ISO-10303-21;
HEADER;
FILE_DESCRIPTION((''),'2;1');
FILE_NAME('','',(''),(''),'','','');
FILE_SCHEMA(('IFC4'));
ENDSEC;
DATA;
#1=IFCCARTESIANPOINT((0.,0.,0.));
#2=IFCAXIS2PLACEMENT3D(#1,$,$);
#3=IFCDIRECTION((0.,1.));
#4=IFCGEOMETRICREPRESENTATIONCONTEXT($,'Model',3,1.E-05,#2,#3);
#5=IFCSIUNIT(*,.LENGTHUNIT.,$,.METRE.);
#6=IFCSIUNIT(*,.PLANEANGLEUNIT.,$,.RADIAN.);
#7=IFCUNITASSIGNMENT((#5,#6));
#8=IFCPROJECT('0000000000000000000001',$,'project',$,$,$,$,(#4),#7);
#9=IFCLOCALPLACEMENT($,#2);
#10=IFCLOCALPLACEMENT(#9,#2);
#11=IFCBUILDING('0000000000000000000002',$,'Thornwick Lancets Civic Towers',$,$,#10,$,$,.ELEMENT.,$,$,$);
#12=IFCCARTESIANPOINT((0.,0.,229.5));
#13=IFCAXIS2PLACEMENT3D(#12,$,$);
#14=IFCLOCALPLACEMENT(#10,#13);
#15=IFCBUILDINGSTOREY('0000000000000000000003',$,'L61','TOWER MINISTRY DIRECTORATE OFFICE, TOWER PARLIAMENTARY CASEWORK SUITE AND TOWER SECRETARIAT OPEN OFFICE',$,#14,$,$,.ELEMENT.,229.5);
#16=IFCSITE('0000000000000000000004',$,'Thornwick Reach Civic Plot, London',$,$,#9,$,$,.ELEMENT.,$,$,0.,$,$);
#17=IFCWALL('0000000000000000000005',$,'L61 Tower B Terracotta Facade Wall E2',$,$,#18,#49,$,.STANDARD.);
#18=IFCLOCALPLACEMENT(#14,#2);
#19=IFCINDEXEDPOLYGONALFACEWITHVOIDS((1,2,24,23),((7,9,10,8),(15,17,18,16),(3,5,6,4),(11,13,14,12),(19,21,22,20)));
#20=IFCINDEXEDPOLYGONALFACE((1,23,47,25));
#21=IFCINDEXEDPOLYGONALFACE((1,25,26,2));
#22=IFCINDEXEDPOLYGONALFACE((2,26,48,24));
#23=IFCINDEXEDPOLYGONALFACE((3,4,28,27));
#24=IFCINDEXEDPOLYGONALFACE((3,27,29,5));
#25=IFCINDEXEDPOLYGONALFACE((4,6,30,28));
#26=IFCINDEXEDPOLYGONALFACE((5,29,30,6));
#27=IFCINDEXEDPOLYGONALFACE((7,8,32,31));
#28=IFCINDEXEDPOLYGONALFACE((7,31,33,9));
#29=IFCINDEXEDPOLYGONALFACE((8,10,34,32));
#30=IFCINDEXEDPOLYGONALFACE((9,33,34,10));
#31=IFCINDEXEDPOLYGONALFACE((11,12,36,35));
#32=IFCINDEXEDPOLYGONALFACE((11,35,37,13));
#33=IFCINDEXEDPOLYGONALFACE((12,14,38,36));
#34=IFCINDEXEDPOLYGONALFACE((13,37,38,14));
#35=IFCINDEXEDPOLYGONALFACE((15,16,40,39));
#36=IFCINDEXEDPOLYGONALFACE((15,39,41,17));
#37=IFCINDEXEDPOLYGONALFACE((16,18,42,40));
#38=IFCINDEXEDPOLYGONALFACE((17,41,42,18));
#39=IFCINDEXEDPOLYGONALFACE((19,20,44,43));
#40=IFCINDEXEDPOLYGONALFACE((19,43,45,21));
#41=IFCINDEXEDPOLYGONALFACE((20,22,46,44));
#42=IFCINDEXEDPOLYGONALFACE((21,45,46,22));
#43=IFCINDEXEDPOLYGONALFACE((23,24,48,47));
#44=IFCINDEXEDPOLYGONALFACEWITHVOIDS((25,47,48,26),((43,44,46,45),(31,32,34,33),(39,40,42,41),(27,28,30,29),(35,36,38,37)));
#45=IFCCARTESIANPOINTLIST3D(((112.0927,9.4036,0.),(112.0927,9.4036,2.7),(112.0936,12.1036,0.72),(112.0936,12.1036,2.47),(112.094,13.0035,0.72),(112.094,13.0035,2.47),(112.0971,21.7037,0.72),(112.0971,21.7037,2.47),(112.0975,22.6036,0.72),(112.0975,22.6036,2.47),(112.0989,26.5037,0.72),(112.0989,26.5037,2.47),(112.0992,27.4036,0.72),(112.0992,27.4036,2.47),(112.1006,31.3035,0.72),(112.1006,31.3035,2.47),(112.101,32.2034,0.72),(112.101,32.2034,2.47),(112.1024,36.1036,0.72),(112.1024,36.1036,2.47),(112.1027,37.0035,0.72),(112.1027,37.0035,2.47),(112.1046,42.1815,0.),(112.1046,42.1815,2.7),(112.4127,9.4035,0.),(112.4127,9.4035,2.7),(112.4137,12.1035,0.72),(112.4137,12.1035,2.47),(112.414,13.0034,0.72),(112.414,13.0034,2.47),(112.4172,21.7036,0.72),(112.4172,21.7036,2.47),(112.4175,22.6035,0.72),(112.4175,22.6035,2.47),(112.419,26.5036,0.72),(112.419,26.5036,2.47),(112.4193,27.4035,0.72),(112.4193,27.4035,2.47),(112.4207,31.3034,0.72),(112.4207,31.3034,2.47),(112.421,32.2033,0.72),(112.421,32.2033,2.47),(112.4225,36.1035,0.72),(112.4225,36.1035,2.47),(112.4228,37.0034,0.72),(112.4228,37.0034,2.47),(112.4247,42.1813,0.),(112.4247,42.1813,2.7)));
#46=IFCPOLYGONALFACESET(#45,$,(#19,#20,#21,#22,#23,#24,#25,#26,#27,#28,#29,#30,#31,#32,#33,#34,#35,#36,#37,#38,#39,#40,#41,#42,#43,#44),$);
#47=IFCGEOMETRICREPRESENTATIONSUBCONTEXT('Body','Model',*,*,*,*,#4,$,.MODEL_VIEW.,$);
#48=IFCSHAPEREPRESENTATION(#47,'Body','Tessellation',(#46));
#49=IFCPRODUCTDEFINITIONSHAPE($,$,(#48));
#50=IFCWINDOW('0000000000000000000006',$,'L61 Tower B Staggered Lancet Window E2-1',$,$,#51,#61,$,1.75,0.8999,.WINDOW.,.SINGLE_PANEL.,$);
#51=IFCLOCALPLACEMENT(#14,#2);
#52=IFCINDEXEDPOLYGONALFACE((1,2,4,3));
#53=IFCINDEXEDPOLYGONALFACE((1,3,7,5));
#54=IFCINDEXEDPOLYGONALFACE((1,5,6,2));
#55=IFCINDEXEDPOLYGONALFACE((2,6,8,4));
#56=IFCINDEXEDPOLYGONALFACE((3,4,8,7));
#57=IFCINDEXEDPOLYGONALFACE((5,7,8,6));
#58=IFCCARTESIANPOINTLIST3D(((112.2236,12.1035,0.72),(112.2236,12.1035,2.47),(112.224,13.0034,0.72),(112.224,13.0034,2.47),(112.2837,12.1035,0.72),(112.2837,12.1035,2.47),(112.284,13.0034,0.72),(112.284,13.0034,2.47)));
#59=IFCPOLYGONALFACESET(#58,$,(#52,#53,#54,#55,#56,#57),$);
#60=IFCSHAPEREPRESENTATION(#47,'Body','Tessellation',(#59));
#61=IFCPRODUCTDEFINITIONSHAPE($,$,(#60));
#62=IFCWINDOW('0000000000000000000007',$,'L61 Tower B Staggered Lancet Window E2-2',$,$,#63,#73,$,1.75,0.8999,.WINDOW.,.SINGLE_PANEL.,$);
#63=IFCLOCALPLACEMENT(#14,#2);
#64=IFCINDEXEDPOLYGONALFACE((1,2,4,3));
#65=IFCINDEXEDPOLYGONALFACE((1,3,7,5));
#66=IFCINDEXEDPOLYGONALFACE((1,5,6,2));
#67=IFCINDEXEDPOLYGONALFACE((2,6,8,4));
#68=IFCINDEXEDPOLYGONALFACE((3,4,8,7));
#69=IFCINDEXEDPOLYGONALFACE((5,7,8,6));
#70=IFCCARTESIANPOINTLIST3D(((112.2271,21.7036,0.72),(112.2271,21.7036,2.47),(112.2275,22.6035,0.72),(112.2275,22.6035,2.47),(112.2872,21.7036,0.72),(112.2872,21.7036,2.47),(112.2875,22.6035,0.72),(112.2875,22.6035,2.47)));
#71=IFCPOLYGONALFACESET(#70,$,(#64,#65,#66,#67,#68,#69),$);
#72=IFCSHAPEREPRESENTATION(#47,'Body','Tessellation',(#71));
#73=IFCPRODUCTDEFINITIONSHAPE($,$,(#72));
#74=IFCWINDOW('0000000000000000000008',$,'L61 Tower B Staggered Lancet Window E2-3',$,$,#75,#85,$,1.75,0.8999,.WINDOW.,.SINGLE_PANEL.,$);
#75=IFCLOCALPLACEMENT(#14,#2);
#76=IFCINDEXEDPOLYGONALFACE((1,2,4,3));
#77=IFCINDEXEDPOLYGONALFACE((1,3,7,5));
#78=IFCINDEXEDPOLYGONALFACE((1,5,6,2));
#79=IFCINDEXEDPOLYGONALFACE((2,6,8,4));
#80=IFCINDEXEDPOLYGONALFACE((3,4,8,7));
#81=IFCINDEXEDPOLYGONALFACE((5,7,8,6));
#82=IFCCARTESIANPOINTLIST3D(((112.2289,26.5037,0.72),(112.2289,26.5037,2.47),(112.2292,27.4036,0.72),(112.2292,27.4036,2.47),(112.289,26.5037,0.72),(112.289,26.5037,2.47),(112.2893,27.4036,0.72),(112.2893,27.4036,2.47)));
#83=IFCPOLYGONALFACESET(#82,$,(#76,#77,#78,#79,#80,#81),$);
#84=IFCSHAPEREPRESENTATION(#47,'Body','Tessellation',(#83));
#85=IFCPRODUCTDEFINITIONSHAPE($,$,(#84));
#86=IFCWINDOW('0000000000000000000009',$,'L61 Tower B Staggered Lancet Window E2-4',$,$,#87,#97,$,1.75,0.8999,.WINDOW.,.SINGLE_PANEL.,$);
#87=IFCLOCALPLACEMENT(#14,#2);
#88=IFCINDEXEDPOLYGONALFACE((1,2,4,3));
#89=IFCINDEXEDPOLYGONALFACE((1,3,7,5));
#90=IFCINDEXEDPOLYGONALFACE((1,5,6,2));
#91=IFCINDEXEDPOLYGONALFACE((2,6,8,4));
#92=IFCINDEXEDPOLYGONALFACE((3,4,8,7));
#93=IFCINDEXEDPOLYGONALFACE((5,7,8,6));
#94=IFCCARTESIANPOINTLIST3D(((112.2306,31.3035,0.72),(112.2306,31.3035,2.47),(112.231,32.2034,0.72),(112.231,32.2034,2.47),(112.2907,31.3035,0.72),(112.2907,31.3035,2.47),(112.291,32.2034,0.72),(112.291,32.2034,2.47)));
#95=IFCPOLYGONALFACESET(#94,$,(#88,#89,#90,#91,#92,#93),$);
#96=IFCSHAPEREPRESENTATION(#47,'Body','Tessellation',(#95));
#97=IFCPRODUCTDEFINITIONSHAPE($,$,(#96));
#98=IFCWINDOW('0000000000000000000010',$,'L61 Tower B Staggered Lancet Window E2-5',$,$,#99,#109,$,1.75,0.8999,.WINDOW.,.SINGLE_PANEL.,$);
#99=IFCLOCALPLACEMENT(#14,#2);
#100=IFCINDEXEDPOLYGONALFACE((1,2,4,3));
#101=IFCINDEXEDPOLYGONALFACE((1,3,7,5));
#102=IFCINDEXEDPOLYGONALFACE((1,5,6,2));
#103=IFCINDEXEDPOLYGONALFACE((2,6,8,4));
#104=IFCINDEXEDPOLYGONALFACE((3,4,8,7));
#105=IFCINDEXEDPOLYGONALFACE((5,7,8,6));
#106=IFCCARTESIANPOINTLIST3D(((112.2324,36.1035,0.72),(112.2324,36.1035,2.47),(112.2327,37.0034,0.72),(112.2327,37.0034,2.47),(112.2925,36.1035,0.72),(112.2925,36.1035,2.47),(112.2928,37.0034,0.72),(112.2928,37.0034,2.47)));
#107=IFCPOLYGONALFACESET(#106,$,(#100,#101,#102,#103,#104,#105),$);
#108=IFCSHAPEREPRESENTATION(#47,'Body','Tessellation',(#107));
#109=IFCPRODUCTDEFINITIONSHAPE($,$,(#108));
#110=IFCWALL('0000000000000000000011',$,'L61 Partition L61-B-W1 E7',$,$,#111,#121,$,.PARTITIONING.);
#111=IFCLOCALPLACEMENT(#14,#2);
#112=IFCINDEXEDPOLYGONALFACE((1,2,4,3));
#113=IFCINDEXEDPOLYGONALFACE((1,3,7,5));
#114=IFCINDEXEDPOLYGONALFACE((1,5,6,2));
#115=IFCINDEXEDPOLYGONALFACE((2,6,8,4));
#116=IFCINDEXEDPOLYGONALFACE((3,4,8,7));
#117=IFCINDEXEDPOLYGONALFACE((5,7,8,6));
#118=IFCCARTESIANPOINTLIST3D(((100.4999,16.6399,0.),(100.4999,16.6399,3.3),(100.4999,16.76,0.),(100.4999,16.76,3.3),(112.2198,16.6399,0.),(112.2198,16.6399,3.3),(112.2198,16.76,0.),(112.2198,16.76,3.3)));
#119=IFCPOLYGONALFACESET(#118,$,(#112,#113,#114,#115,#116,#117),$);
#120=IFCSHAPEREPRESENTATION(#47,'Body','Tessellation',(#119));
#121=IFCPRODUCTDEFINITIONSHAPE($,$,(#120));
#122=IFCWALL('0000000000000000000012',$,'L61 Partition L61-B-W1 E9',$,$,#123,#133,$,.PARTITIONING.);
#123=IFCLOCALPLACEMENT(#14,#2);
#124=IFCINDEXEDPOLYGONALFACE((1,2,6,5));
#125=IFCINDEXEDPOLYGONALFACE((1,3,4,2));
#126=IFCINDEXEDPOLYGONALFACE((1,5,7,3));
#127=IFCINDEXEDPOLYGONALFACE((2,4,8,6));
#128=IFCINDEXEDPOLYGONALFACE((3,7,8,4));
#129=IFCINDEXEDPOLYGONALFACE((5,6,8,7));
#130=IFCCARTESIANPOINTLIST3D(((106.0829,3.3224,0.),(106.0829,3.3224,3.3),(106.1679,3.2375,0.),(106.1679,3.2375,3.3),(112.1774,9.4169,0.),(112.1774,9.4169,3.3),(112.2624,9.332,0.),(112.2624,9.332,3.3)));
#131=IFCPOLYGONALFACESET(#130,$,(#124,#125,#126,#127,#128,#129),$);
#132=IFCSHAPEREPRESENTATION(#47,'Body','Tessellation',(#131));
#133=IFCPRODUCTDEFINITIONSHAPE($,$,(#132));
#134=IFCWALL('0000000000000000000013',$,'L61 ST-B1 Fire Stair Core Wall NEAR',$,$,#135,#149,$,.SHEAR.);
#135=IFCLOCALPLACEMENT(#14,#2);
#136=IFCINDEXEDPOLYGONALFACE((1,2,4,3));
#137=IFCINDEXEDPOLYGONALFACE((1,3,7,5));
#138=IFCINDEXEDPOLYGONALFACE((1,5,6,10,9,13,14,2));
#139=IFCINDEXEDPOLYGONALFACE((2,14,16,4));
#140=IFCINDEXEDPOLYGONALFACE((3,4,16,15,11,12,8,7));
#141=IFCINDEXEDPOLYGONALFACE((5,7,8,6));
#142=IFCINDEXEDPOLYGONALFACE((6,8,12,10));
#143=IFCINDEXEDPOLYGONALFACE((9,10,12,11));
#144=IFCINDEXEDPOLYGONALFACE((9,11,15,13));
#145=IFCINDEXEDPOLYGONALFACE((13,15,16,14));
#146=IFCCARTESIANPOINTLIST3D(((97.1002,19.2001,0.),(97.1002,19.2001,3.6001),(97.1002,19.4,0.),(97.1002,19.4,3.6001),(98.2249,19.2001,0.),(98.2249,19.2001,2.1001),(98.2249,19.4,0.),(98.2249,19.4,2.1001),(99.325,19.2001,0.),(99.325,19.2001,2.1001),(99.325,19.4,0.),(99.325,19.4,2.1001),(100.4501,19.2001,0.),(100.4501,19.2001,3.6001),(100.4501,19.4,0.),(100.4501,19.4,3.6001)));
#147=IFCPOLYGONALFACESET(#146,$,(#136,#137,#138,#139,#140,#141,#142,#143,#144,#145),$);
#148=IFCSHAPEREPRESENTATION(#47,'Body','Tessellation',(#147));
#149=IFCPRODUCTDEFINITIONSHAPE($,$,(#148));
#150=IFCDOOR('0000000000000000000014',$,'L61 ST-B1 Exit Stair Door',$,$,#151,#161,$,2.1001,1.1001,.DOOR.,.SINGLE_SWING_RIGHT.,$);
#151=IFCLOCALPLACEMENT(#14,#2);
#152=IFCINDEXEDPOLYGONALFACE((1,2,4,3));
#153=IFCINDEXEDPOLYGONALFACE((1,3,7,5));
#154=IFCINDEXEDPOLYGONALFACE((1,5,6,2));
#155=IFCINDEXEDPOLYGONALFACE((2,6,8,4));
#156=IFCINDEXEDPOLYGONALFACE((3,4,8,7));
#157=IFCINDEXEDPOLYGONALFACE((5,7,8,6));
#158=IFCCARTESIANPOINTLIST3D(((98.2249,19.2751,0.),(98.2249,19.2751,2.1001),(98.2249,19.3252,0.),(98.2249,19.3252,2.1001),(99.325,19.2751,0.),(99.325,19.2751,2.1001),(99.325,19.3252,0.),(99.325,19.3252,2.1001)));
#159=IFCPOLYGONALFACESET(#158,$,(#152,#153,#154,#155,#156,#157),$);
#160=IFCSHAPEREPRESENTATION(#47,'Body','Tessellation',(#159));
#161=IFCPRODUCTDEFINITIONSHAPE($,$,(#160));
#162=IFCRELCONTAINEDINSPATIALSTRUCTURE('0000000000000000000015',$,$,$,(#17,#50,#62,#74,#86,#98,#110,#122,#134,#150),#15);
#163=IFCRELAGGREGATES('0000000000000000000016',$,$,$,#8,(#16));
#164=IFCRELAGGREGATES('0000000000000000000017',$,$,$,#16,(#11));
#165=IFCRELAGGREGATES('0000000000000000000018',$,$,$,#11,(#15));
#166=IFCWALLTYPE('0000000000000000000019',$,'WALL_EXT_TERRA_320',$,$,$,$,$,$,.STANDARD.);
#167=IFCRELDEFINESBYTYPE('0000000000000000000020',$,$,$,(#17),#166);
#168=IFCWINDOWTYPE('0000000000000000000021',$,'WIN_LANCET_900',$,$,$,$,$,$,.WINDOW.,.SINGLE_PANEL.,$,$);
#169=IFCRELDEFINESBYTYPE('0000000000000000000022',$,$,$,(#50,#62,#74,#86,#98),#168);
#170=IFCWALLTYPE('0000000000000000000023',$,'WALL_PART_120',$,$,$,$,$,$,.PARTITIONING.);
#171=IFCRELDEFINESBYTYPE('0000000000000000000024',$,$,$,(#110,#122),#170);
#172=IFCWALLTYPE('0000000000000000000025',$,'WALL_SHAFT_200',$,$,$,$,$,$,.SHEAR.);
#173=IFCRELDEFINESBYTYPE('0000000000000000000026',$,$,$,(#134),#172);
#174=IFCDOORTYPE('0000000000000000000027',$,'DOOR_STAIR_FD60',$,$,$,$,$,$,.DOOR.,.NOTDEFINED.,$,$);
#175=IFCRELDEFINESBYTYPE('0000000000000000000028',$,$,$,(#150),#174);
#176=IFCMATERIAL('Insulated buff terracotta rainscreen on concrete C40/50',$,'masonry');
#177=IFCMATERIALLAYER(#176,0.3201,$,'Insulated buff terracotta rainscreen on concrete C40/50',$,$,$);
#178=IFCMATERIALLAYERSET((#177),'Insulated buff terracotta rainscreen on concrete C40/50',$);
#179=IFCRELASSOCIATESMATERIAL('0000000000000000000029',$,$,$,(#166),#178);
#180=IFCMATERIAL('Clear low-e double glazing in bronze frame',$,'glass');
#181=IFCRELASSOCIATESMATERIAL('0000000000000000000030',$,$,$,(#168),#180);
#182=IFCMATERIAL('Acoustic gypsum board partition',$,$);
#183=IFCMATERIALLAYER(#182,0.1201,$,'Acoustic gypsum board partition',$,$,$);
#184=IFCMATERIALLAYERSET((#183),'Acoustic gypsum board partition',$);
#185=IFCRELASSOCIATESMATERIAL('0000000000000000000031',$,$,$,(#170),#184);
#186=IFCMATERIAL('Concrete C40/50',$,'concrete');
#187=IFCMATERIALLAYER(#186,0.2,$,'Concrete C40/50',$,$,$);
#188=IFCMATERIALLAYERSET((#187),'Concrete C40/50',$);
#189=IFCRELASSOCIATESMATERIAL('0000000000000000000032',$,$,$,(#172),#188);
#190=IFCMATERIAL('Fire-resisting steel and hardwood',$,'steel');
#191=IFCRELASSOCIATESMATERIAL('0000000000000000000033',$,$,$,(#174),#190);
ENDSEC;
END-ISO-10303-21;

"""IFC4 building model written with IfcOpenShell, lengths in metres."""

from ifc_helpers import new_model, si_unit, direction, frame, frame_2d, origin, place, context, subcontext, project, spatial, rectangle, extrude, material, layer, layer_set, type_object, element, fill, save


model = new_model("IFC4")

# Units and contexts
model_context = context("Model", 3, precision=1e-05, world=origin(), true_north=direction((0.0, 1.0)))
body_context = subcontext(model_context, "Body", "Model", "MODEL_VIEW")
ifc_project = project(units=[si_unit("LENGTHUNIT", "METRE"), si_unit("PLANEANGLEUNIT", "RADIAN")], contexts=[model_context])

# Site, building, storey
site_placement = place(None, origin())
site = spatial("IfcSite", under=ifc_project, at=site_placement, Name="Thornwick Reach Civic Plot, London", CompositionType="ELEMENT", RefElevation=0.0)
building_placement = place(site_placement, origin())
building = spatial("IfcBuilding", under=site, at=building_placement, Name="Thornwick Lancets Civic Towers", CompositionType="ELEMENT")
storey_placement = place(building_placement, frame((0.0, 0.0, 229.5)))
storey = spatial("IfcBuildingStorey", under=building, at=storey_placement, Name="L61", Description="TOWER MINISTRY DIRECTORATE OFFICE, TOWER PARLIAMENTARY CASEWORK SUITE AND TOWER SECRETARIAT OPEN OFFICE", CompositionType="ELEMENT", Elevation=229.5)

# Shared definitions
ifc_material_1 = material(Name="Concrete C40/50", Category="concrete")

# Wall, openings, windows
ifc_material_2 = material(Name="Insulated buff terracotta rainscreen on concrete C40/50", Category="masonry")
ifc_layer_1 = layer(ifc_material_2, 0.3201, Name="Insulated buff terracotta rainscreen on concrete C40/50")
ifc_layer_set_1 = layer_set([ifc_layer_1], Name="Insulated buff terracotta rainscreen on concrete C40/50")
wall_type_1 = type_object("IfcWallType", Name="WALL_EXT_TERRA_320", PredefinedType="STANDARD", material=ifc_layer_set_1)
wall_1_placement = place(storey_placement, frame((112.2527, 9.4036, 0.0), z_axis=(0.0, 0.0, 1.0), x_axis=(0.000365, 1.0, 0.0)))
wall_1 = element("IfcWall", 1, at=wall_1_placement, inside=storey, type_object=wall_type_1, Name="L61 Tower B Terracotta Facade Wall E2", PredefinedType="STANDARD", context=body_context, shape_type="SweptSolid", body=[
    extrude(rectangle(XDim=32.7778, YDim=0.3201, at=frame_2d((16.3889, 0.0))), origin(), (0.0, 0.0, 1.0), 2.7),
])
opening_1_placement = place(wall_1_placement, frame((2.7, 0.0, 0.72)))
opening_1 = element("IfcOpeningElement", 2, at=opening_1_placement, cuts=wall_1, PredefinedType="OPENING", context=body_context, shape_type="SweptSolid", body=[
    extrude(rectangle(XDim=0.8999, YDim=1.75, at=frame_2d((0.45, 0.875))), frame((0.0, 0.1699, 0.0), z_axis=(0.0, -1.0, 0.0), x_axis=(1.0, 0.0, 0.0)), (0.0, 0.0, 1.0), 0.3401),
])
opening_2_placement = place(wall_1_placement, frame((12.3, 0.0, 0.72)))
opening_2 = element("IfcOpeningElement", 3, at=opening_2_placement, cuts=wall_1, PredefinedType="OPENING", context=body_context, shape_type="SweptSolid", body=[
    extrude(rectangle(XDim=0.8999, YDim=1.75, at=frame_2d((0.45, 0.875))), frame((0.0, 0.1699, 0.0), z_axis=(0.0, -1.0, 0.0), x_axis=(1.0, 0.0, 0.0)), (0.0, 0.0, 1.0), 0.3401),
])
opening_3_placement = place(wall_1_placement, frame((17.1001, 0.0, 0.72)))
opening_3 = element("IfcOpeningElement", 4, at=opening_3_placement, cuts=wall_1, PredefinedType="OPENING", context=body_context, shape_type="SweptSolid", body=[
    extrude(rectangle(XDim=0.8999, YDim=1.75, at=frame_2d((0.45, 0.875))), frame((0.0, 0.1699, 0.0), z_axis=(0.0, -1.0, 0.0), x_axis=(1.0, 0.0, 0.0)), (0.0, 0.0, 1.0), 0.3401),
])
opening_4_placement = place(wall_1_placement, frame((21.8999, 0.0, 0.72)))
opening_4 = element("IfcOpeningElement", 5, at=opening_4_placement, cuts=wall_1, PredefinedType="OPENING", context=body_context, shape_type="SweptSolid", body=[
    extrude(rectangle(XDim=0.8999, YDim=1.75, at=frame_2d((0.45, 0.875))), frame((0.0, 0.1699, 0.0), z_axis=(0.0, -1.0, 0.0), x_axis=(1.0, 0.0, 0.0)), (0.0, 0.0, 1.0), 0.3401),
])
opening_5_placement = place(wall_1_placement, frame((26.7, 0.0, 0.72)))
opening_5 = element("IfcOpeningElement", 6, at=opening_5_placement, cuts=wall_1, PredefinedType="OPENING", context=body_context, shape_type="SweptSolid", body=[
    extrude(rectangle(XDim=0.8999, YDim=1.75, at=frame_2d((0.45, 0.875))), frame((0.0, 0.1699, 0.0), z_axis=(0.0, -1.0, 0.0), x_axis=(1.0, 0.0, 0.0)), (0.0, 0.0, 1.0), 0.3401),
])
ifc_material_3 = material(Name="Clear low-e double glazing in bronze frame", Category="glass")
window_type = type_object("IfcWindowType", Name="WIN_LANCET_900", PartitioningType="SINGLE_PANEL", PredefinedType="WINDOW", material=ifc_material_3)
window_1_placement = place(opening_1_placement, origin())
window_1 = element("IfcWindow", 7, at=window_1_placement, inside=storey, type_object=window_type, Name="L61 Tower B Staggered Lancet Window E2-1", OverallHeight=1.75, OverallWidth=0.8999, PartitioningType="SINGLE_PANEL", PredefinedType="WINDOW", context=body_context, shape_type="SweptSolid", body=[
    extrude(rectangle(XDim=0.8999, YDim=1.75, at=frame_2d((0.45, 0.875))), frame((0.0, 0.03, 0.0), z_axis=(0.0, -1.0, 0.0), x_axis=(1.0, 0.0, 0.0)), (0.0, 0.0, 1.0), 0.0601),
])
fill(opening_1, window_1)
window_2_placement = place(opening_2_placement, origin())
window_2 = element("IfcWindow", 8, at=window_2_placement, inside=storey, type_object=window_type, Name="L61 Tower B Staggered Lancet Window E2-2", OverallHeight=1.75, OverallWidth=0.8999, PartitioningType="SINGLE_PANEL", PredefinedType="WINDOW", context=body_context, shape_type="SweptSolid", body=[
    extrude(rectangle(XDim=0.8999, YDim=1.75, at=frame_2d((0.45, 0.875))), frame((0.0, 0.03, 0.0), z_axis=(0.0, -1.0, 0.0), x_axis=(1.0, 0.0, 0.0)), (0.0, 0.0, 1.0), 0.0601),
])
fill(opening_2, window_2)
window_3_placement = place(opening_3_placement, origin())
window_3 = element("IfcWindow", 9, at=window_3_placement, inside=storey, type_object=window_type, Name="L61 Tower B Staggered Lancet Window E2-3", OverallHeight=1.75, OverallWidth=0.8999, PartitioningType="SINGLE_PANEL", PredefinedType="WINDOW", context=body_context, shape_type="SweptSolid", body=[
    extrude(rectangle(XDim=0.8999, YDim=1.75, at=frame_2d((0.45, 0.875))), frame((0.0, 0.03, 0.0), z_axis=(0.0, -1.0, 0.0), x_axis=(1.0, 0.0, 0.0)), (0.0, 0.0, 1.0), 0.0601),
])
fill(opening_3, window_3)
window_4_placement = place(opening_4_placement, origin())
window_4 = element("IfcWindow", 10, at=window_4_placement, inside=storey, type_object=window_type, Name="L61 Tower B Staggered Lancet Window E2-4", OverallHeight=1.75, OverallWidth=0.8999, PartitioningType="SINGLE_PANEL", PredefinedType="WINDOW", context=body_context, shape_type="SweptSolid", body=[
    extrude(rectangle(XDim=0.8999, YDim=1.75, at=frame_2d((0.45, 0.875))), frame((0.0, 0.03, 0.0), z_axis=(0.0, -1.0, 0.0), x_axis=(1.0, 0.0, 0.0)), (0.0, 0.0, 1.0), 0.0601),
])
fill(opening_4, window_4)
window_5_placement = place(opening_5_placement, origin())
window_5 = element("IfcWindow", 11, at=window_5_placement, inside=storey, type_object=window_type, Name="L61 Tower B Staggered Lancet Window E2-5", OverallHeight=1.75, OverallWidth=0.8999, PartitioningType="SINGLE_PANEL", PredefinedType="WINDOW", context=body_context, shape_type="SweptSolid", body=[
    extrude(rectangle(XDim=0.8999, YDim=1.75, at=frame_2d((0.45, 0.875))), frame((0.0, 0.03, 0.0), z_axis=(0.0, -1.0, 0.0), x_axis=(1.0, 0.0, 0.0)), (0.0, 0.0, 1.0), 0.0601),
])
fill(opening_5, window_5)

# Walls
ifc_material_4 = material(Name="Acoustic gypsum board partition")
ifc_layer_2 = layer(ifc_material_4, 0.1201, Name="Acoustic gypsum board partition")
ifc_layer_set_2 = layer_set([ifc_layer_2], Name="Acoustic gypsum board partition")
wall_type_2 = type_object("IfcWallType", Name="WALL_PART_120", PredefinedType="PARTITIONING", material=ifc_layer_set_2)
wall_2_placement = place(storey_placement, frame((100.5, 16.7, 0.0), z_axis=(0.0, 0.0, 1.0), x_axis=(1.0, 0.0, 0.0)))
element("IfcWall", 12, at=wall_2_placement, inside=storey, type_object=wall_type_2, Name="L61 Partition L61-B-W1 E7", PredefinedType="PARTITIONING", context=body_context, shape_type="SweptSolid", body=[
    extrude(rectangle(XDim=11.72, YDim=0.1201, at=frame_2d((5.8599, 0.0))), origin(), (0.0, 0.0, 1.0), 3.3),
])
wall_3_placement = place(storey_placement, frame((112.22, 9.3745, 0.0), z_axis=(0.0, 0.0, 1.0), x_axis=(-0.707107, -0.707107, 0.0)))
element("IfcWall", 13, at=wall_3_placement, inside=storey, type_object=wall_type_2, Name="L61 Partition L61-B-W1 E9", PredefinedType="PARTITIONING", context=body_context, shape_type="SweptSolid", body=[
    extrude(rectangle(XDim=8.6189, YDim=0.1201, at=frame_2d((4.3096, 0.0))), origin(), (0.0, 0.0, 1.0), 3.3),
])

# Wall, opening, door
ifc_layer_3 = layer(ifc_material_1, 0.2, Name="Concrete C40/50")
ifc_layer_set_3 = layer_set([ifc_layer_3], Name="Concrete C40/50")
wall_type_3 = type_object("IfcWallType", Name="WALL_SHAFT_200", PredefinedType="SHEAR", material=ifc_layer_set_3)
wall_4_placement = place(storey_placement, frame((100.45, 19.3, 0.0), z_axis=(0.0, 0.0, 1.0), x_axis=(-1.0, 0.0, 0.0)))
wall_4 = element("IfcWall", 14, at=wall_4_placement, inside=storey, type_object=wall_type_3, Name="L61 ST-B1 Fire Stair Core Wall NEAR", PredefinedType="SHEAR", context=body_context, shape_type="SweptSolid", body=[
    extrude(rectangle(XDim=3.3499, YDim=0.2, at=frame_2d((1.6748, 0.0))), origin(), (0.0, 0.0, 1.0), 3.6001),
])
opening_6_placement = place(wall_4_placement, frame((1.125, 0.0, 0.0)))
opening_6 = element("IfcOpeningElement", 15, at=opening_6_placement, cuts=wall_4, PredefinedType="OPENING", context=body_context, shape_type="SweptSolid", body=[
    extrude(rectangle(XDim=1.1001, YDim=2.1001, at=frame_2d((0.55, 1.05))), frame((0.0, 0.1099, 0.0), z_axis=(0.0, -1.0, 0.0), x_axis=(1.0, 0.0, 0.0)), (0.0, 0.0, 1.0), 0.22),
])
ifc_material_5 = material(Name="Fire-resisting steel and hardwood", Category="steel")
door_type = type_object("IfcDoorType", Name="DOOR_STAIR_FD60", OperationType="NOTDEFINED", PredefinedType="DOOR", material=ifc_material_5)
door_placement = place(opening_6_placement, origin())
door = element("IfcDoor", 16, at=door_placement, inside=storey, type_object=door_type, Name="L61 ST-B1 Exit Stair Door", OperationType="SINGLE_SWING_RIGHT", OverallHeight=2.1001, OverallWidth=1.1001, PredefinedType="DOOR", context=body_context, shape_type="SweptSolid", body=[
    extrude(rectangle(XDim=1.1001, YDim=2.1001, at=frame_2d((0.55, 1.05))), frame((0.0, 0.0249, 0.0), z_axis=(0.0, -1.0, 0.0), x_axis=(1.0, 0.0, 0.0)), (0.0, 0.0, 1.0), 0.05),
])
fill(opening_6, door)

save(model, "model.ifc")
